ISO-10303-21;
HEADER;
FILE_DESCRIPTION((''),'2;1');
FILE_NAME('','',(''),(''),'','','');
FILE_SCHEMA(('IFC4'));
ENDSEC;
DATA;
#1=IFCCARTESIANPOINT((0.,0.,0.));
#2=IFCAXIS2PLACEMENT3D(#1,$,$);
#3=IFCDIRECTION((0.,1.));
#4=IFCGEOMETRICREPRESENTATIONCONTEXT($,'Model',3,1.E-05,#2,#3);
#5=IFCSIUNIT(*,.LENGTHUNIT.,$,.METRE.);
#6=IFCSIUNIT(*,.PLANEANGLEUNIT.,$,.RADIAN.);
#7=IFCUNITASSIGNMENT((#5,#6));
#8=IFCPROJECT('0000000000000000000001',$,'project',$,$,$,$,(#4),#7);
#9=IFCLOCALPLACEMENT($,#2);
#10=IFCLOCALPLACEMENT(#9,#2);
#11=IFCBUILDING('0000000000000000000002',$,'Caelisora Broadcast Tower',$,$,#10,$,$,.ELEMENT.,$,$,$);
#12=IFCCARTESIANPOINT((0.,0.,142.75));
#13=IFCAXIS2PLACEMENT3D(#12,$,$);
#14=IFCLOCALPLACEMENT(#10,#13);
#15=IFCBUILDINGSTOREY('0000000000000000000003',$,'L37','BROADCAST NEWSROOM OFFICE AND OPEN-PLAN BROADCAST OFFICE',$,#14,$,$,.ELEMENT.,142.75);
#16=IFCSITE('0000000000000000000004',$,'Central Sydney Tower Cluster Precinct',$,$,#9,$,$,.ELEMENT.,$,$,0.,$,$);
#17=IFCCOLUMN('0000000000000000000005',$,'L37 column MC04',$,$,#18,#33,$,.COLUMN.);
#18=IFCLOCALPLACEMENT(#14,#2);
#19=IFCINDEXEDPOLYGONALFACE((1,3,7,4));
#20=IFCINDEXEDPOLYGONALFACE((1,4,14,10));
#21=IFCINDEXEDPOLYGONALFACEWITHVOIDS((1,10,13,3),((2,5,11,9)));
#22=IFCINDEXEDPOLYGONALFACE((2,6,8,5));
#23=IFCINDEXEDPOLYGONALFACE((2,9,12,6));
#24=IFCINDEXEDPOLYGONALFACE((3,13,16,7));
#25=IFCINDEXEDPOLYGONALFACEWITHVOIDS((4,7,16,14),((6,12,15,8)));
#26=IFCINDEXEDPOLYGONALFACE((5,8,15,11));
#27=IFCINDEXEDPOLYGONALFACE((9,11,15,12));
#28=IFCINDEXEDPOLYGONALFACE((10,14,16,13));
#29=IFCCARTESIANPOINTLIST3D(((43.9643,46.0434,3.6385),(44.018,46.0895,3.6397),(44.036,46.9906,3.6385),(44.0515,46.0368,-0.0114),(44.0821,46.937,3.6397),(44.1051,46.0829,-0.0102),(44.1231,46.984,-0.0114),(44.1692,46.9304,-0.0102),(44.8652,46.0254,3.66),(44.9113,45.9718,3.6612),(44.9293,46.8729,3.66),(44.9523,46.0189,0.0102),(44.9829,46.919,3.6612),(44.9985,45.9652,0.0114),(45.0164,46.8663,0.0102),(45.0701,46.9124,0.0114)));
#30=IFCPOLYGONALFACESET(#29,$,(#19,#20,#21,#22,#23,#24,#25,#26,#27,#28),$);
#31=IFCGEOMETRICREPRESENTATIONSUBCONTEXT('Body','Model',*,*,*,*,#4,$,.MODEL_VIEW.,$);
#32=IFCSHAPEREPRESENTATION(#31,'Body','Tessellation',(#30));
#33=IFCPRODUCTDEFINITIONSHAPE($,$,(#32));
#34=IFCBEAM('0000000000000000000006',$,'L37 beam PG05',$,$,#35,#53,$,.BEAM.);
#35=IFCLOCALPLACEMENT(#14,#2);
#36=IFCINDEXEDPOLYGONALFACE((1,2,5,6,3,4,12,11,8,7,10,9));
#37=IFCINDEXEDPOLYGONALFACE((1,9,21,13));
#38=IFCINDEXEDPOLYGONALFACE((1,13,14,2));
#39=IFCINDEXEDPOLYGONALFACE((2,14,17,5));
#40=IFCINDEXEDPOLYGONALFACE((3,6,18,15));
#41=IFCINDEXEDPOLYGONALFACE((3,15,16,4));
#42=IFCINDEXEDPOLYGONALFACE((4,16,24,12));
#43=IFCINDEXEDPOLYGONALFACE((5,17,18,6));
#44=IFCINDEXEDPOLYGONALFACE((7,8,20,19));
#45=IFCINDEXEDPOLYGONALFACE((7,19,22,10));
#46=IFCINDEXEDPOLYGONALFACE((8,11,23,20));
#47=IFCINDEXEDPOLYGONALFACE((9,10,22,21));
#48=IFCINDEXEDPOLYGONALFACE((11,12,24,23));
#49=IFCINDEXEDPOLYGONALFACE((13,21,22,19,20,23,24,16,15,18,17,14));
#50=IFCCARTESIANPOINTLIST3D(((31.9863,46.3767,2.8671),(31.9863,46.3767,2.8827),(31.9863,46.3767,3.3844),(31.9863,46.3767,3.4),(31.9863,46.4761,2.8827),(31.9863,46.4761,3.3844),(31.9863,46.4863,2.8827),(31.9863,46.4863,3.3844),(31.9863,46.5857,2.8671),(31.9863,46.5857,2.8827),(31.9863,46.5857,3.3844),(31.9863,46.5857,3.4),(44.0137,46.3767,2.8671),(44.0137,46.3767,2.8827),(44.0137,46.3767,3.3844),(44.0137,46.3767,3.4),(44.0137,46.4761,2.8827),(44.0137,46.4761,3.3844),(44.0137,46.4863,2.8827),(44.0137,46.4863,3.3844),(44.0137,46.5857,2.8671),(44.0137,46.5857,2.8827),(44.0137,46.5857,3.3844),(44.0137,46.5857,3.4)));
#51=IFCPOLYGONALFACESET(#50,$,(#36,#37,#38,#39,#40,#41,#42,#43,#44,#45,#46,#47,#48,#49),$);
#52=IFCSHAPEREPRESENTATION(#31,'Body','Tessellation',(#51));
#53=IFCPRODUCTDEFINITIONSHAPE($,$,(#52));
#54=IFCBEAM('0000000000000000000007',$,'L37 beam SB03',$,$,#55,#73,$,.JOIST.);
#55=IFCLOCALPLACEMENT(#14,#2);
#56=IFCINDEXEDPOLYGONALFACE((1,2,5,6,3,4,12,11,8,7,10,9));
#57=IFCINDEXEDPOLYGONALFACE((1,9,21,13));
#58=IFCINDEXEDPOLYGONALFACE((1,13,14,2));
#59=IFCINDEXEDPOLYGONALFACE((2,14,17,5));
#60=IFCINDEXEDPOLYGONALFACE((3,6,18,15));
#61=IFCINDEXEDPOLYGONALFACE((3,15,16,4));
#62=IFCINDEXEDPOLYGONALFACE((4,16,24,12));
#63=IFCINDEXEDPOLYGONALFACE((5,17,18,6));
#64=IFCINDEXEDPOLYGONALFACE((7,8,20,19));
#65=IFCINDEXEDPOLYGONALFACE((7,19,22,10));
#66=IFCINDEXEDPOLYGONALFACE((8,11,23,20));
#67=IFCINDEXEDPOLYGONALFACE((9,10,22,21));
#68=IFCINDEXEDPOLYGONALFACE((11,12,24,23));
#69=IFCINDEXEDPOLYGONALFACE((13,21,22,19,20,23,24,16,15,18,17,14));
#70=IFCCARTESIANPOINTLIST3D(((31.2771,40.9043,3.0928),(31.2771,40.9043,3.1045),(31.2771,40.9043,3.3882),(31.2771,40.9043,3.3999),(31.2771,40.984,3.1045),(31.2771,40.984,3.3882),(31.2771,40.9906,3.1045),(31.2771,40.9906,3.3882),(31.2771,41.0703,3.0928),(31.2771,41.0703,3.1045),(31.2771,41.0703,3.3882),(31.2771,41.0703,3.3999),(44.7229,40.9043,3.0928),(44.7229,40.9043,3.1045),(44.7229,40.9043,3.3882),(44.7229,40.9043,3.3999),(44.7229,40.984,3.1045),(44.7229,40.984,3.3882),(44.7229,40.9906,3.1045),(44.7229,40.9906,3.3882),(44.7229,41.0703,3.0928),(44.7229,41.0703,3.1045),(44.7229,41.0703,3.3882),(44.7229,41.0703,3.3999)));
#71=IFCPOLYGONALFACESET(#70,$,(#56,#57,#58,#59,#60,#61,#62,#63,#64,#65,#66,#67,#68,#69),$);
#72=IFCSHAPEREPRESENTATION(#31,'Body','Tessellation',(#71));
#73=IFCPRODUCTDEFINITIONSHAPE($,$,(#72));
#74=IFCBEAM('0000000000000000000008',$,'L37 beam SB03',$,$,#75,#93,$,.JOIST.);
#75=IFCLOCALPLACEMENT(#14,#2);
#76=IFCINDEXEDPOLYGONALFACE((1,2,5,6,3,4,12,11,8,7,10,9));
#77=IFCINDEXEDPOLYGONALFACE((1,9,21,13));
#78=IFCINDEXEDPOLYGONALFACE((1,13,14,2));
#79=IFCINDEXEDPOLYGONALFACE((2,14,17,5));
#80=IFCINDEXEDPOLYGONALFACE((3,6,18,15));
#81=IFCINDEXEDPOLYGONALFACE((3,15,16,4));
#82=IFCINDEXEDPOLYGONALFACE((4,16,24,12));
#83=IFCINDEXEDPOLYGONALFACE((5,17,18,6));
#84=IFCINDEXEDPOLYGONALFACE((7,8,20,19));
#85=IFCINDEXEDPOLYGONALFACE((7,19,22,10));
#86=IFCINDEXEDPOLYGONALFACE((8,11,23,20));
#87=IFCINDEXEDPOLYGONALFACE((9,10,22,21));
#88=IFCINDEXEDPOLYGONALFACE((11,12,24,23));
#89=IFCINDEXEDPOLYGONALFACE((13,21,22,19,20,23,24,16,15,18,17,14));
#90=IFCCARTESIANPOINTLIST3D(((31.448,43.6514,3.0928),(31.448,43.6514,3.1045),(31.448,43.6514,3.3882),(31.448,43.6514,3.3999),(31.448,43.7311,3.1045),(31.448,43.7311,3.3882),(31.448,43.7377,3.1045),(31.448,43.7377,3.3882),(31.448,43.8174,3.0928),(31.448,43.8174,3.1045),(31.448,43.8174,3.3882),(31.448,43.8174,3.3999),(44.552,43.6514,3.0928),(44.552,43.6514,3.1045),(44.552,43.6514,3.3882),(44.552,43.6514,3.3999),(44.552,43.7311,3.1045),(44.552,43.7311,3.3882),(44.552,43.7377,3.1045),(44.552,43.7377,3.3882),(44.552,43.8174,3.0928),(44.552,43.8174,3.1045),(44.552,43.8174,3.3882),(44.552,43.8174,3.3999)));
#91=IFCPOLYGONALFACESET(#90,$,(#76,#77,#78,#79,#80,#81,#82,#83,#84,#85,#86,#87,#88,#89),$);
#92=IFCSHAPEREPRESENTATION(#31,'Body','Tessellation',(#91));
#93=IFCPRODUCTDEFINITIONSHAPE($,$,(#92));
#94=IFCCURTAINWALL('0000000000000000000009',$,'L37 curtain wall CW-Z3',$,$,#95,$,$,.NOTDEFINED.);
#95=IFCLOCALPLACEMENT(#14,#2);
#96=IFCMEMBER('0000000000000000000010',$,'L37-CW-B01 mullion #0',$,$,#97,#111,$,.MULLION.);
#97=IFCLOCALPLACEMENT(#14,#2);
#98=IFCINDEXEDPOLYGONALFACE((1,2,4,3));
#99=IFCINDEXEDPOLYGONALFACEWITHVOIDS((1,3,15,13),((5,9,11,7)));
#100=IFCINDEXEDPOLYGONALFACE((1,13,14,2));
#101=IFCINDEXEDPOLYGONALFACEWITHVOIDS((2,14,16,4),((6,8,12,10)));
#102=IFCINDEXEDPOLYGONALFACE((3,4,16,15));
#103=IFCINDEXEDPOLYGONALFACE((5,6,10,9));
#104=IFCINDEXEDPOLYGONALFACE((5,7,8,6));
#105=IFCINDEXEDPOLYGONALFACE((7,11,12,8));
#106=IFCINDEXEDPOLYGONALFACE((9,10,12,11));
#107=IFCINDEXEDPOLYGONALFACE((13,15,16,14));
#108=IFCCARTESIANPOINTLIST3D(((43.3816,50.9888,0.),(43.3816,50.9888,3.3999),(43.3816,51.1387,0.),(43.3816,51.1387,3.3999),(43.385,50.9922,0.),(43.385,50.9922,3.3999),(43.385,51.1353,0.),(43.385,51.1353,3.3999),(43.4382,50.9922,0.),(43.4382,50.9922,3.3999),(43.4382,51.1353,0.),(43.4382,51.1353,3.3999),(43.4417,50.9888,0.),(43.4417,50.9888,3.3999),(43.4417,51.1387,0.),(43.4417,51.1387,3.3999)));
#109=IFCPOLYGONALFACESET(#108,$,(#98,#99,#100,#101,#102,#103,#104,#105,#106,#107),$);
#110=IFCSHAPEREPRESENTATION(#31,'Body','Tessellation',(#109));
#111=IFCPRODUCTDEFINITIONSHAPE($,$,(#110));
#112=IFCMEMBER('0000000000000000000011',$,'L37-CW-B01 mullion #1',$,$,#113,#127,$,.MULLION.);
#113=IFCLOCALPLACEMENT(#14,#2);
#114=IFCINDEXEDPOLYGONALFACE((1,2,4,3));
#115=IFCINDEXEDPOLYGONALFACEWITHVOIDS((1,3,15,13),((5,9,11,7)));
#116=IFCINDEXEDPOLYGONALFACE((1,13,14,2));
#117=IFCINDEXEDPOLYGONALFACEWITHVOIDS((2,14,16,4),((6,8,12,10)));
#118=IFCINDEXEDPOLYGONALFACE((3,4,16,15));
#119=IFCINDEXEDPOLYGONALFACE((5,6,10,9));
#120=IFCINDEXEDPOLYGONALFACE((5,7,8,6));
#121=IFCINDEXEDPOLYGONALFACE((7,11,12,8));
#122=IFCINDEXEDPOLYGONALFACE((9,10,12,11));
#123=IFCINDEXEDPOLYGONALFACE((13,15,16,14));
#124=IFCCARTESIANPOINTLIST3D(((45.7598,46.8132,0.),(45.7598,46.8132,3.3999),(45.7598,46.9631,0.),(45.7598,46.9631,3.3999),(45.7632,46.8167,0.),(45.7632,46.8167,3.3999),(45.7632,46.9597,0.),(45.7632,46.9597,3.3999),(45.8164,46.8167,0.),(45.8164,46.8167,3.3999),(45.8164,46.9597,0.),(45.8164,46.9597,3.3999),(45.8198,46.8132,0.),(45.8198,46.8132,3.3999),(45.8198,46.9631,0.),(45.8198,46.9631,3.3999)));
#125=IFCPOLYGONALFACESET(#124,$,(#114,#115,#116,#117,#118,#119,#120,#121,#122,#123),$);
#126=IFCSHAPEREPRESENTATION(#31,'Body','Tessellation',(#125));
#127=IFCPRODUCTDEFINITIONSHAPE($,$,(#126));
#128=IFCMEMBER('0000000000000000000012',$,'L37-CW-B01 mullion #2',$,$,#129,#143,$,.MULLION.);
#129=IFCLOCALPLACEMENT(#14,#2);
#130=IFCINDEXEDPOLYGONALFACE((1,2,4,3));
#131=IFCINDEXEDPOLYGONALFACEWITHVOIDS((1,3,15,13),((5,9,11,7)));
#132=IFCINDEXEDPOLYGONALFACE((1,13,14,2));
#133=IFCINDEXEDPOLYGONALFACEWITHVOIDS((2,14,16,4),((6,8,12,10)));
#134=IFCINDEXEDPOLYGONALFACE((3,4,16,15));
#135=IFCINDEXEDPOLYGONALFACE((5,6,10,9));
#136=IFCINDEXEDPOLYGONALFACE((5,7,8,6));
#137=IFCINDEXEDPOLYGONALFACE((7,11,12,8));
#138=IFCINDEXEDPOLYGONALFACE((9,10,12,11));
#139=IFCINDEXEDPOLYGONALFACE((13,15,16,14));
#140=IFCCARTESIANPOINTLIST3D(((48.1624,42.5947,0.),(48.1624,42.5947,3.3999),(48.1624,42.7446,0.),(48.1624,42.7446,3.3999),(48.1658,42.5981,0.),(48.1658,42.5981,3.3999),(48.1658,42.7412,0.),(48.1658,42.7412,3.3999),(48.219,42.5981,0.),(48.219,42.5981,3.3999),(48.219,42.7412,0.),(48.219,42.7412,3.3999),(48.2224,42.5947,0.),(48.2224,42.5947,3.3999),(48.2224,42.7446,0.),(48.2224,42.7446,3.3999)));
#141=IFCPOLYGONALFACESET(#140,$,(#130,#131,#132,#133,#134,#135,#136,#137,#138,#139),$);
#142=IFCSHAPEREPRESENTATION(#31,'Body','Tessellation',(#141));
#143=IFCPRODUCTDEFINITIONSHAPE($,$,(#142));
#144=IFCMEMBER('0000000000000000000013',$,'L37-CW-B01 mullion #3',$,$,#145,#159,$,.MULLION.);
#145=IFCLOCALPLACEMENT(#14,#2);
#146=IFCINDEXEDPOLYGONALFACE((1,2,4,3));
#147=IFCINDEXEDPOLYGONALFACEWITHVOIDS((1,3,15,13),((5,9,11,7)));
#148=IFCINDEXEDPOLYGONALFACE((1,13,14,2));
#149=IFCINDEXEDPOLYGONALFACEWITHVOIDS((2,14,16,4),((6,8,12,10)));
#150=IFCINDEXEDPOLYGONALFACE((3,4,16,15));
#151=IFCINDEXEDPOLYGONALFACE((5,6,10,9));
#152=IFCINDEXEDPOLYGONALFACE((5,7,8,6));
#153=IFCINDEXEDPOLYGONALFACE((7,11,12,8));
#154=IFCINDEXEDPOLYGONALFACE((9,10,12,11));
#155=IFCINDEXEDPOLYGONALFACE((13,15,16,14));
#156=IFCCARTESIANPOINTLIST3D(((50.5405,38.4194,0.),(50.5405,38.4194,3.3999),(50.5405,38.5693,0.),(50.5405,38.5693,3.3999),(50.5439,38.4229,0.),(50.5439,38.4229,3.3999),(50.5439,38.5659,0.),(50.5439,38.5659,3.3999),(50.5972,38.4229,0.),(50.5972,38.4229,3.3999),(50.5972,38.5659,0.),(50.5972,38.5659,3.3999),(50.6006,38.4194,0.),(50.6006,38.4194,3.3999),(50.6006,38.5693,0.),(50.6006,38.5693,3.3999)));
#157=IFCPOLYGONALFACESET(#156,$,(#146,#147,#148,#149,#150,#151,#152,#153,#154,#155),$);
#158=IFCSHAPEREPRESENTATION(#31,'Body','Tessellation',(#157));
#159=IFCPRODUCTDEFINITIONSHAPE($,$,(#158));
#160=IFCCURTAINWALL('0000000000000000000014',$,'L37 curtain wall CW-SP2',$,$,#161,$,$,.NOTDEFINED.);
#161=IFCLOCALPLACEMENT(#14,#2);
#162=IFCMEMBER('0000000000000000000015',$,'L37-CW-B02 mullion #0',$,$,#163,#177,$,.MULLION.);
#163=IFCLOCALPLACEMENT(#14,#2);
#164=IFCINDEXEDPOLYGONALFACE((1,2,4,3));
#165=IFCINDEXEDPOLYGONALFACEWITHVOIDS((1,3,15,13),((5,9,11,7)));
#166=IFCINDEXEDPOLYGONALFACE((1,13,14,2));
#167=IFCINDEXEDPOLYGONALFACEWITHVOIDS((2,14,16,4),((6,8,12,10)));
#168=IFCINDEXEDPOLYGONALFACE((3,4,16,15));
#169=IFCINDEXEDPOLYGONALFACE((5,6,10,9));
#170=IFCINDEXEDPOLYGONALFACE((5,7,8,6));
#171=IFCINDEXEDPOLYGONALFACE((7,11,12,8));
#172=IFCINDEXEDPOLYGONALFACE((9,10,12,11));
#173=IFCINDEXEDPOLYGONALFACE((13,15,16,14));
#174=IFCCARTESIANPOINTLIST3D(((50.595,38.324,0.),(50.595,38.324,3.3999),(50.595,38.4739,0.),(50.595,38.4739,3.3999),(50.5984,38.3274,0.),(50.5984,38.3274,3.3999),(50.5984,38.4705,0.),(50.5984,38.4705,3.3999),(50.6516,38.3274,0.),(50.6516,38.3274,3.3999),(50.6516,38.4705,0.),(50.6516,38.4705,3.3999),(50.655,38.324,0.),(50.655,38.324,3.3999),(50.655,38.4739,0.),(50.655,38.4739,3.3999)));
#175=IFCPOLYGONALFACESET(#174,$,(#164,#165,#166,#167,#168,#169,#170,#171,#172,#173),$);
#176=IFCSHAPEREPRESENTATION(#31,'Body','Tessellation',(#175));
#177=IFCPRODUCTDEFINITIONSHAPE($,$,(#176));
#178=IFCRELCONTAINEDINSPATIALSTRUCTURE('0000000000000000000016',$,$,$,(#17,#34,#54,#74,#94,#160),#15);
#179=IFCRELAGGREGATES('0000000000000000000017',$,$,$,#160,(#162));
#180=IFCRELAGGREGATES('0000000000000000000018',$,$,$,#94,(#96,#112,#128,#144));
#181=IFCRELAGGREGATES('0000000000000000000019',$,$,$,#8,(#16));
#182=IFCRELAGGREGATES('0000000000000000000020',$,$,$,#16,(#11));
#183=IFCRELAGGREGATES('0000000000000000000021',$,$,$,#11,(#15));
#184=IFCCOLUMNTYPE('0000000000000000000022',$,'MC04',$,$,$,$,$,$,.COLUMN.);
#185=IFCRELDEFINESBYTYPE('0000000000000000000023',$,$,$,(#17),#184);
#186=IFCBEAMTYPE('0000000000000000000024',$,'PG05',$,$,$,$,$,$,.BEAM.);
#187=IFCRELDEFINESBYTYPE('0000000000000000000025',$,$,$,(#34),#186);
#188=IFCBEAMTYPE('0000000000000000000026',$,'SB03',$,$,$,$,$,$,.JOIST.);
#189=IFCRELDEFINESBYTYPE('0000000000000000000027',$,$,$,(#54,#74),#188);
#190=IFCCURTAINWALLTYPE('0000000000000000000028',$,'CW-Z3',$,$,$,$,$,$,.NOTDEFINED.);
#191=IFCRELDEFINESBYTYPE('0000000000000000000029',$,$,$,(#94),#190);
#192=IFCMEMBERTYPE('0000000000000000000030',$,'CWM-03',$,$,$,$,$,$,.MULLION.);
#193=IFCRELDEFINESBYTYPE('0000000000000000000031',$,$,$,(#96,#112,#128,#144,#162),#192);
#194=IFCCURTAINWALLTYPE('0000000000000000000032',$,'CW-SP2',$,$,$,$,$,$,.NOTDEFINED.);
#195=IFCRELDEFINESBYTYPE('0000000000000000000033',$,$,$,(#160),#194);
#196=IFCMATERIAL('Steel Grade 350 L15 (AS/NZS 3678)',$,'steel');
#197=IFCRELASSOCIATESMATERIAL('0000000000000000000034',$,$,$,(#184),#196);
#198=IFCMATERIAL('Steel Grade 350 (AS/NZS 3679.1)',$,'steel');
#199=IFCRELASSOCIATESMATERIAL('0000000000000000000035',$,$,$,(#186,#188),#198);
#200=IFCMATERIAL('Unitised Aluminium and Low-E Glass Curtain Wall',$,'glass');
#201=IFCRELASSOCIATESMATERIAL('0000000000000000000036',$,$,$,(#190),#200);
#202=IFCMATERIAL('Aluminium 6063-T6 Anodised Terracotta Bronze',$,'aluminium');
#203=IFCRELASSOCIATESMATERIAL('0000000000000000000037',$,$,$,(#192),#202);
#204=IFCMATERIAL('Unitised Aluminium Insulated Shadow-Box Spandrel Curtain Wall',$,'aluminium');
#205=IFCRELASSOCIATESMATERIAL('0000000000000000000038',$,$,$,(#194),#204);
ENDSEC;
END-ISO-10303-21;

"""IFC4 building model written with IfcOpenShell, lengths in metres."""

from ifc_helpers import new_model, si_unit, direction, frame, origin, origin_2d, place, context, subcontext, project, spatial, hollow_rectangle, i_section, extrude, source, transform, mapped, material, material_profile, profile_set, type_object, type_shapes, element, aggregate, save


model = new_model("IFC4")

# Units and contexts
model_context = context("Model", 3, precision=1e-05, world=origin(), true_north=direction((0.0, 1.0)))
body_context = subcontext(model_context, "Body", "Model", "MODEL_VIEW")
ifc_project = project(units=[si_unit("LENGTHUNIT", "METRE"), si_unit("PLANEANGLEUNIT", "RADIAN")], contexts=[model_context])

# Site, building, storey
site_placement = place(None, origin())
site = spatial("IfcSite", under=ifc_project, at=site_placement, Name="Central Sydney Tower Cluster Precinct", CompositionType="ELEMENT", RefElevation=0.0)
building_placement = place(site_placement, origin())
building = spatial("IfcBuilding", under=site, at=building_placement, Name="Caelisora Broadcast Tower", CompositionType="ELEMENT")
storey_placement = place(building_placement, frame((0.0, 0.0, 142.75)))
storey = spatial("IfcBuildingStorey", under=building, at=storey_placement, Name="L37", Description="BROADCAST NEWSROOM OFFICE AND OPEN-PLAN BROADCAST OFFICE", CompositionType="ELEMENT", Elevation=142.75)

# Column
ifc_material_1 = material(Name="Steel Grade 350 L15 (AS/NZS 3678)", Category="steel")
ifc_material_profile_1 = material_profile(ifc_material_1, hollow_rectangle(XDim=0.95, YDim=0.95, WallThickness=0.05, at=origin_2d()), Name="Steel Grade 350 L15 (AS/NZS 3678)")
ifc_profile_set_1 = profile_set([ifc_material_profile_1], Name="Steel Grade 350 L15 (AS/NZS 3678)")
column_type = type_object("IfcColumnType", Name="MC04", PredefinedType="COLUMN", material=ifc_profile_set_1)
shared_shape_1 = source(origin(), body_context, "Body", "SweptSolid", [
    extrude(hollow_rectangle(XDim=0.95, YDim=0.95, WallThickness=0.05, at=origin_2d()), origin(), (0.0, 0.0, 1.0), 3.6509),
])
type_shapes(column_type, [shared_shape_1])
column_placement = place(storey_placement, frame((44.5608, 46.4746, 0.0), z_axis=(-0.023873, 0.001806, 0.999713), x_axis=(-0.075415, -0.997152, 0.0)))
element("IfcColumn", 1, at=column_placement, inside=storey, type_object=column_type, Name="L37 column MC04", PredefinedType="COLUMN", context=body_context, shape_type="MappedRepresentation", body=[
    mapped(shared_shape_1, transform((0.0, 0.0, 0.0), scale=1.0)),
])

# Beams
ifc_material_2 = material(Name="Steel Grade 350 (AS/NZS 3679.1)", Category="steel")
ifc_material_profile_2 = material_profile(ifc_material_2, i_section(OverallWidth=0.209, OverallDepth=0.533, WebThickness=0.0103, FlangeThickness=0.0156, at=origin_2d()), Name="Steel Grade 350 (AS/NZS 3679.1)")
ifc_profile_set_2 = profile_set([ifc_material_profile_2], Name="Steel Grade 350 (AS/NZS 3679.1)")
beam_type_1 = type_object("IfcBeamType", Name="PG05", PredefinedType="BEAM", material=ifc_profile_set_2)
shared_shape_2 = source(origin(), body_context, "Body", "SweptSolid", [
    extrude(i_section(OverallWidth=0.209, OverallDepth=0.533, WebThickness=0.0103, FlangeThickness=0.0156, at=origin_2d()), origin(), (0.0, 0.0, 1.0), 12.0273),
])
type_shapes(beam_type_1, [shared_shape_2])
beam_1_placement = place(storey_placement, frame((44.0137, 46.4812, 3.1335), z_axis=(-1.0, 0.0, 0.0), x_axis=(0.0, -1.0, 0.0)))
element("IfcBeam", 2, at=beam_1_placement, inside=storey, type_object=beam_type_1, Name="L37 beam PG05", PredefinedType="BEAM", context=body_context, shape_type="MappedRepresentation", body=[
    mapped(shared_shape_2, transform((0.0, 0.0, 0.0), scale=1.0)),
])
ifc_material_profile_3 = material_profile(ifc_material_2, i_section(OverallWidth=0.166, OverallDepth=0.3071, WebThickness=0.0066, FlangeThickness=0.0117, at=origin_2d()), Name="Steel Grade 350 (AS/NZS 3679.1)")
ifc_profile_set_3 = profile_set([ifc_material_profile_3], Name="Steel Grade 350 (AS/NZS 3679.1)")
beam_type_2 = type_object("IfcBeamType", Name="SB03", PredefinedType="JOIST", material=ifc_profile_set_3)
shared_shape_3 = source(origin(), body_context, "Body", "SweptSolid", [
    extrude(i_section(OverallWidth=0.166, OverallDepth=0.3071, WebThickness=0.0066, FlangeThickness=0.0117, at=origin_2d()), origin(), (0.0, 0.0, 1.0), 13.4458),
])
beam_2_placement = place(storey_placement, frame((44.7229, 40.9873, 3.2463), z_axis=(-1.0, 0.0, 0.0), x_axis=(0.0, -1.0, 0.0)))
element("IfcBeam", 3, at=beam_2_placement, inside=storey, type_object=beam_type_2, Name="L37 beam SB03", PredefinedType="JOIST", context=body_context, shape_type="MappedRepresentation", body=[
    mapped(shared_shape_3, transform((0.0, 0.0, 0.0), scale=1.0)),
])
shared_shape_4 = source(origin(), body_context, "Body", "SweptSolid", [
    extrude(i_section(OverallWidth=0.166, OverallDepth=0.3071, WebThickness=0.0066, FlangeThickness=0.0117, at=origin_2d()), origin(), (0.0, 0.0, 1.0), 13.104),
])
type_shapes(beam_type_2, [shared_shape_3, shared_shape_4])
beam_3_placement = place(storey_placement, frame((44.552, 43.7344, 3.2463), z_axis=(-1.0, 0.0, 0.0), x_axis=(0.0, -1.0, 0.0)))
element("IfcBeam", 4, at=beam_3_placement, inside=storey, type_object=beam_type_2, Name="L37 beam SB03", PredefinedType="JOIST", context=body_context, shape_type="MappedRepresentation", body=[
    mapped(shared_shape_4, transform((0.0, 0.0, 0.0), scale=1.0)),
])

# Curtain wall, members
ifc_material_3 = material(Name="Unitised Aluminium and Low-E Glass Curtain Wall", Category="glass")
curtain_wall_type_1 = type_object("IfcCurtainWallType", Name="CW-Z3", PredefinedType="NOTDEFINED", material=ifc_material_3)
curtain_wall_1_placement = place(storey_placement, origin())
curtain_wall_1 = element("IfcCurtainWall", 5, at=curtain_wall_1_placement, inside=storey, type_object=curtain_wall_type_1, Name="L37 curtain wall CW-Z3", PredefinedType="NOTDEFINED")
ifc_material_4 = material(Name="Aluminium 6063-T6 Anodised Terracotta Bronze", Category="aluminium")
ifc_material_profile_4 = material_profile(ifc_material_4, hollow_rectangle(XDim=0.0601, YDim=0.1499, WallThickness=0.0034, at=origin_2d()), Name="Aluminium 6063-T6 Anodised Terracotta Bronze")
ifc_profile_set_4 = profile_set([ifc_material_profile_4], Name="Aluminium 6063-T6 Anodised Terracotta Bronze")
member_type_1 = type_object("IfcMemberType", Name="CWM-03", PredefinedType="MULLION", material=ifc_profile_set_4)
shared_shape_5 = source(origin(), body_context, "Body", "SweptSolid", [
    extrude(hollow_rectangle(XDim=0.0601, YDim=0.1499, WallThickness=0.0034, at=origin_2d()), origin(), (0.0, 0.0, 1.0), 3.3999),
])
type_shapes(member_type_1, [shared_shape_5])
member_1_placement = place(storey_placement, frame((43.4116, 51.0637, 0.0), z_axis=(0.0, 0.0, 1.0), x_axis=(1.0, 0.0, 0.0)))
member_1 = element("IfcMember", 6, at=member_1_placement, type_object=member_type_1, Name="L37-CW-B01 mullion #0", PredefinedType="MULLION", context=body_context, shape_type="MappedRepresentation", body=[
    mapped(shared_shape_5, transform((0.0, 0.0, 0.0), scale=1.0)),
])
member_2_placement = place(storey_placement, frame((45.7898, 46.8882, 0.0), z_axis=(0.0, 0.0, 1.0), x_axis=(1.0, 0.0, 0.0)))
member_2 = element("IfcMember", 7, at=member_2_placement, type_object=member_type_1, Name="L37-CW-B01 mullion #1", PredefinedType="MULLION", context=body_context, shape_type="MappedRepresentation", body=[
    mapped(shared_shape_5, transform((0.0, 0.0, 0.0), scale=1.0)),
])
member_3_placement = place(storey_placement, frame((48.1924, 42.6697, 0.0), z_axis=(0.0, 0.0, 1.0), x_axis=(1.0, 0.0, 0.0)))
member_3 = element("IfcMember", 8, at=member_3_placement, type_object=member_type_1, Name="L37-CW-B01 mullion #2", PredefinedType="MULLION", context=body_context, shape_type="MappedRepresentation", body=[
    mapped(shared_shape_5, transform((0.0, 0.0, 0.0), scale=1.0)),
])
member_4_placement = place(storey_placement, frame((50.5706, 38.4944, 0.0), z_axis=(0.0, 0.0, 1.0), x_axis=(1.0, 0.0, 0.0)))
member_4 = element("IfcMember", 9, at=member_4_placement, type_object=member_type_1, Name="L37-CW-B01 mullion #3", PredefinedType="MULLION", context=body_context, shape_type="MappedRepresentation", body=[
    mapped(shared_shape_5, transform((0.0, 0.0, 0.0), scale=1.0)),
])

# Curtain wall, member
ifc_material_5 = material(Name="Unitised Aluminium Insulated Shadow-Box Spandrel Curtain Wall", Category="aluminium")
curtain_wall_type_2 = type_object("IfcCurtainWallType", Name="CW-SP2", PredefinedType="NOTDEFINED", material=ifc_material_5)
curtain_wall_2_placement = place(storey_placement, origin())
curtain_wall_2 = element("IfcCurtainWall", 10, at=curtain_wall_2_placement, inside=storey, type_object=curtain_wall_type_2, Name="L37 curtain wall CW-SP2", PredefinedType="NOTDEFINED")
member_5_placement = place(storey_placement, frame((50.625, 38.3989, 0.0), z_axis=(0.0, 0.0, 1.0), x_axis=(1.0, 0.0, 0.0)))
member_5 = element("IfcMember", 11, at=member_5_placement, type_object=member_type_1, Name="L37-CW-B02 mullion #0", PredefinedType="MULLION", context=body_context, shape_type="MappedRepresentation", body=[
    mapped(shared_shape_5, transform((0.0, 0.0, 0.0), scale=1.0)),
])

aggregate(curtain_wall_2, [member_5])

aggregate(curtain_wall_1, [member_1, member_2, member_3, member_4])

save(model, "model.ifc")
